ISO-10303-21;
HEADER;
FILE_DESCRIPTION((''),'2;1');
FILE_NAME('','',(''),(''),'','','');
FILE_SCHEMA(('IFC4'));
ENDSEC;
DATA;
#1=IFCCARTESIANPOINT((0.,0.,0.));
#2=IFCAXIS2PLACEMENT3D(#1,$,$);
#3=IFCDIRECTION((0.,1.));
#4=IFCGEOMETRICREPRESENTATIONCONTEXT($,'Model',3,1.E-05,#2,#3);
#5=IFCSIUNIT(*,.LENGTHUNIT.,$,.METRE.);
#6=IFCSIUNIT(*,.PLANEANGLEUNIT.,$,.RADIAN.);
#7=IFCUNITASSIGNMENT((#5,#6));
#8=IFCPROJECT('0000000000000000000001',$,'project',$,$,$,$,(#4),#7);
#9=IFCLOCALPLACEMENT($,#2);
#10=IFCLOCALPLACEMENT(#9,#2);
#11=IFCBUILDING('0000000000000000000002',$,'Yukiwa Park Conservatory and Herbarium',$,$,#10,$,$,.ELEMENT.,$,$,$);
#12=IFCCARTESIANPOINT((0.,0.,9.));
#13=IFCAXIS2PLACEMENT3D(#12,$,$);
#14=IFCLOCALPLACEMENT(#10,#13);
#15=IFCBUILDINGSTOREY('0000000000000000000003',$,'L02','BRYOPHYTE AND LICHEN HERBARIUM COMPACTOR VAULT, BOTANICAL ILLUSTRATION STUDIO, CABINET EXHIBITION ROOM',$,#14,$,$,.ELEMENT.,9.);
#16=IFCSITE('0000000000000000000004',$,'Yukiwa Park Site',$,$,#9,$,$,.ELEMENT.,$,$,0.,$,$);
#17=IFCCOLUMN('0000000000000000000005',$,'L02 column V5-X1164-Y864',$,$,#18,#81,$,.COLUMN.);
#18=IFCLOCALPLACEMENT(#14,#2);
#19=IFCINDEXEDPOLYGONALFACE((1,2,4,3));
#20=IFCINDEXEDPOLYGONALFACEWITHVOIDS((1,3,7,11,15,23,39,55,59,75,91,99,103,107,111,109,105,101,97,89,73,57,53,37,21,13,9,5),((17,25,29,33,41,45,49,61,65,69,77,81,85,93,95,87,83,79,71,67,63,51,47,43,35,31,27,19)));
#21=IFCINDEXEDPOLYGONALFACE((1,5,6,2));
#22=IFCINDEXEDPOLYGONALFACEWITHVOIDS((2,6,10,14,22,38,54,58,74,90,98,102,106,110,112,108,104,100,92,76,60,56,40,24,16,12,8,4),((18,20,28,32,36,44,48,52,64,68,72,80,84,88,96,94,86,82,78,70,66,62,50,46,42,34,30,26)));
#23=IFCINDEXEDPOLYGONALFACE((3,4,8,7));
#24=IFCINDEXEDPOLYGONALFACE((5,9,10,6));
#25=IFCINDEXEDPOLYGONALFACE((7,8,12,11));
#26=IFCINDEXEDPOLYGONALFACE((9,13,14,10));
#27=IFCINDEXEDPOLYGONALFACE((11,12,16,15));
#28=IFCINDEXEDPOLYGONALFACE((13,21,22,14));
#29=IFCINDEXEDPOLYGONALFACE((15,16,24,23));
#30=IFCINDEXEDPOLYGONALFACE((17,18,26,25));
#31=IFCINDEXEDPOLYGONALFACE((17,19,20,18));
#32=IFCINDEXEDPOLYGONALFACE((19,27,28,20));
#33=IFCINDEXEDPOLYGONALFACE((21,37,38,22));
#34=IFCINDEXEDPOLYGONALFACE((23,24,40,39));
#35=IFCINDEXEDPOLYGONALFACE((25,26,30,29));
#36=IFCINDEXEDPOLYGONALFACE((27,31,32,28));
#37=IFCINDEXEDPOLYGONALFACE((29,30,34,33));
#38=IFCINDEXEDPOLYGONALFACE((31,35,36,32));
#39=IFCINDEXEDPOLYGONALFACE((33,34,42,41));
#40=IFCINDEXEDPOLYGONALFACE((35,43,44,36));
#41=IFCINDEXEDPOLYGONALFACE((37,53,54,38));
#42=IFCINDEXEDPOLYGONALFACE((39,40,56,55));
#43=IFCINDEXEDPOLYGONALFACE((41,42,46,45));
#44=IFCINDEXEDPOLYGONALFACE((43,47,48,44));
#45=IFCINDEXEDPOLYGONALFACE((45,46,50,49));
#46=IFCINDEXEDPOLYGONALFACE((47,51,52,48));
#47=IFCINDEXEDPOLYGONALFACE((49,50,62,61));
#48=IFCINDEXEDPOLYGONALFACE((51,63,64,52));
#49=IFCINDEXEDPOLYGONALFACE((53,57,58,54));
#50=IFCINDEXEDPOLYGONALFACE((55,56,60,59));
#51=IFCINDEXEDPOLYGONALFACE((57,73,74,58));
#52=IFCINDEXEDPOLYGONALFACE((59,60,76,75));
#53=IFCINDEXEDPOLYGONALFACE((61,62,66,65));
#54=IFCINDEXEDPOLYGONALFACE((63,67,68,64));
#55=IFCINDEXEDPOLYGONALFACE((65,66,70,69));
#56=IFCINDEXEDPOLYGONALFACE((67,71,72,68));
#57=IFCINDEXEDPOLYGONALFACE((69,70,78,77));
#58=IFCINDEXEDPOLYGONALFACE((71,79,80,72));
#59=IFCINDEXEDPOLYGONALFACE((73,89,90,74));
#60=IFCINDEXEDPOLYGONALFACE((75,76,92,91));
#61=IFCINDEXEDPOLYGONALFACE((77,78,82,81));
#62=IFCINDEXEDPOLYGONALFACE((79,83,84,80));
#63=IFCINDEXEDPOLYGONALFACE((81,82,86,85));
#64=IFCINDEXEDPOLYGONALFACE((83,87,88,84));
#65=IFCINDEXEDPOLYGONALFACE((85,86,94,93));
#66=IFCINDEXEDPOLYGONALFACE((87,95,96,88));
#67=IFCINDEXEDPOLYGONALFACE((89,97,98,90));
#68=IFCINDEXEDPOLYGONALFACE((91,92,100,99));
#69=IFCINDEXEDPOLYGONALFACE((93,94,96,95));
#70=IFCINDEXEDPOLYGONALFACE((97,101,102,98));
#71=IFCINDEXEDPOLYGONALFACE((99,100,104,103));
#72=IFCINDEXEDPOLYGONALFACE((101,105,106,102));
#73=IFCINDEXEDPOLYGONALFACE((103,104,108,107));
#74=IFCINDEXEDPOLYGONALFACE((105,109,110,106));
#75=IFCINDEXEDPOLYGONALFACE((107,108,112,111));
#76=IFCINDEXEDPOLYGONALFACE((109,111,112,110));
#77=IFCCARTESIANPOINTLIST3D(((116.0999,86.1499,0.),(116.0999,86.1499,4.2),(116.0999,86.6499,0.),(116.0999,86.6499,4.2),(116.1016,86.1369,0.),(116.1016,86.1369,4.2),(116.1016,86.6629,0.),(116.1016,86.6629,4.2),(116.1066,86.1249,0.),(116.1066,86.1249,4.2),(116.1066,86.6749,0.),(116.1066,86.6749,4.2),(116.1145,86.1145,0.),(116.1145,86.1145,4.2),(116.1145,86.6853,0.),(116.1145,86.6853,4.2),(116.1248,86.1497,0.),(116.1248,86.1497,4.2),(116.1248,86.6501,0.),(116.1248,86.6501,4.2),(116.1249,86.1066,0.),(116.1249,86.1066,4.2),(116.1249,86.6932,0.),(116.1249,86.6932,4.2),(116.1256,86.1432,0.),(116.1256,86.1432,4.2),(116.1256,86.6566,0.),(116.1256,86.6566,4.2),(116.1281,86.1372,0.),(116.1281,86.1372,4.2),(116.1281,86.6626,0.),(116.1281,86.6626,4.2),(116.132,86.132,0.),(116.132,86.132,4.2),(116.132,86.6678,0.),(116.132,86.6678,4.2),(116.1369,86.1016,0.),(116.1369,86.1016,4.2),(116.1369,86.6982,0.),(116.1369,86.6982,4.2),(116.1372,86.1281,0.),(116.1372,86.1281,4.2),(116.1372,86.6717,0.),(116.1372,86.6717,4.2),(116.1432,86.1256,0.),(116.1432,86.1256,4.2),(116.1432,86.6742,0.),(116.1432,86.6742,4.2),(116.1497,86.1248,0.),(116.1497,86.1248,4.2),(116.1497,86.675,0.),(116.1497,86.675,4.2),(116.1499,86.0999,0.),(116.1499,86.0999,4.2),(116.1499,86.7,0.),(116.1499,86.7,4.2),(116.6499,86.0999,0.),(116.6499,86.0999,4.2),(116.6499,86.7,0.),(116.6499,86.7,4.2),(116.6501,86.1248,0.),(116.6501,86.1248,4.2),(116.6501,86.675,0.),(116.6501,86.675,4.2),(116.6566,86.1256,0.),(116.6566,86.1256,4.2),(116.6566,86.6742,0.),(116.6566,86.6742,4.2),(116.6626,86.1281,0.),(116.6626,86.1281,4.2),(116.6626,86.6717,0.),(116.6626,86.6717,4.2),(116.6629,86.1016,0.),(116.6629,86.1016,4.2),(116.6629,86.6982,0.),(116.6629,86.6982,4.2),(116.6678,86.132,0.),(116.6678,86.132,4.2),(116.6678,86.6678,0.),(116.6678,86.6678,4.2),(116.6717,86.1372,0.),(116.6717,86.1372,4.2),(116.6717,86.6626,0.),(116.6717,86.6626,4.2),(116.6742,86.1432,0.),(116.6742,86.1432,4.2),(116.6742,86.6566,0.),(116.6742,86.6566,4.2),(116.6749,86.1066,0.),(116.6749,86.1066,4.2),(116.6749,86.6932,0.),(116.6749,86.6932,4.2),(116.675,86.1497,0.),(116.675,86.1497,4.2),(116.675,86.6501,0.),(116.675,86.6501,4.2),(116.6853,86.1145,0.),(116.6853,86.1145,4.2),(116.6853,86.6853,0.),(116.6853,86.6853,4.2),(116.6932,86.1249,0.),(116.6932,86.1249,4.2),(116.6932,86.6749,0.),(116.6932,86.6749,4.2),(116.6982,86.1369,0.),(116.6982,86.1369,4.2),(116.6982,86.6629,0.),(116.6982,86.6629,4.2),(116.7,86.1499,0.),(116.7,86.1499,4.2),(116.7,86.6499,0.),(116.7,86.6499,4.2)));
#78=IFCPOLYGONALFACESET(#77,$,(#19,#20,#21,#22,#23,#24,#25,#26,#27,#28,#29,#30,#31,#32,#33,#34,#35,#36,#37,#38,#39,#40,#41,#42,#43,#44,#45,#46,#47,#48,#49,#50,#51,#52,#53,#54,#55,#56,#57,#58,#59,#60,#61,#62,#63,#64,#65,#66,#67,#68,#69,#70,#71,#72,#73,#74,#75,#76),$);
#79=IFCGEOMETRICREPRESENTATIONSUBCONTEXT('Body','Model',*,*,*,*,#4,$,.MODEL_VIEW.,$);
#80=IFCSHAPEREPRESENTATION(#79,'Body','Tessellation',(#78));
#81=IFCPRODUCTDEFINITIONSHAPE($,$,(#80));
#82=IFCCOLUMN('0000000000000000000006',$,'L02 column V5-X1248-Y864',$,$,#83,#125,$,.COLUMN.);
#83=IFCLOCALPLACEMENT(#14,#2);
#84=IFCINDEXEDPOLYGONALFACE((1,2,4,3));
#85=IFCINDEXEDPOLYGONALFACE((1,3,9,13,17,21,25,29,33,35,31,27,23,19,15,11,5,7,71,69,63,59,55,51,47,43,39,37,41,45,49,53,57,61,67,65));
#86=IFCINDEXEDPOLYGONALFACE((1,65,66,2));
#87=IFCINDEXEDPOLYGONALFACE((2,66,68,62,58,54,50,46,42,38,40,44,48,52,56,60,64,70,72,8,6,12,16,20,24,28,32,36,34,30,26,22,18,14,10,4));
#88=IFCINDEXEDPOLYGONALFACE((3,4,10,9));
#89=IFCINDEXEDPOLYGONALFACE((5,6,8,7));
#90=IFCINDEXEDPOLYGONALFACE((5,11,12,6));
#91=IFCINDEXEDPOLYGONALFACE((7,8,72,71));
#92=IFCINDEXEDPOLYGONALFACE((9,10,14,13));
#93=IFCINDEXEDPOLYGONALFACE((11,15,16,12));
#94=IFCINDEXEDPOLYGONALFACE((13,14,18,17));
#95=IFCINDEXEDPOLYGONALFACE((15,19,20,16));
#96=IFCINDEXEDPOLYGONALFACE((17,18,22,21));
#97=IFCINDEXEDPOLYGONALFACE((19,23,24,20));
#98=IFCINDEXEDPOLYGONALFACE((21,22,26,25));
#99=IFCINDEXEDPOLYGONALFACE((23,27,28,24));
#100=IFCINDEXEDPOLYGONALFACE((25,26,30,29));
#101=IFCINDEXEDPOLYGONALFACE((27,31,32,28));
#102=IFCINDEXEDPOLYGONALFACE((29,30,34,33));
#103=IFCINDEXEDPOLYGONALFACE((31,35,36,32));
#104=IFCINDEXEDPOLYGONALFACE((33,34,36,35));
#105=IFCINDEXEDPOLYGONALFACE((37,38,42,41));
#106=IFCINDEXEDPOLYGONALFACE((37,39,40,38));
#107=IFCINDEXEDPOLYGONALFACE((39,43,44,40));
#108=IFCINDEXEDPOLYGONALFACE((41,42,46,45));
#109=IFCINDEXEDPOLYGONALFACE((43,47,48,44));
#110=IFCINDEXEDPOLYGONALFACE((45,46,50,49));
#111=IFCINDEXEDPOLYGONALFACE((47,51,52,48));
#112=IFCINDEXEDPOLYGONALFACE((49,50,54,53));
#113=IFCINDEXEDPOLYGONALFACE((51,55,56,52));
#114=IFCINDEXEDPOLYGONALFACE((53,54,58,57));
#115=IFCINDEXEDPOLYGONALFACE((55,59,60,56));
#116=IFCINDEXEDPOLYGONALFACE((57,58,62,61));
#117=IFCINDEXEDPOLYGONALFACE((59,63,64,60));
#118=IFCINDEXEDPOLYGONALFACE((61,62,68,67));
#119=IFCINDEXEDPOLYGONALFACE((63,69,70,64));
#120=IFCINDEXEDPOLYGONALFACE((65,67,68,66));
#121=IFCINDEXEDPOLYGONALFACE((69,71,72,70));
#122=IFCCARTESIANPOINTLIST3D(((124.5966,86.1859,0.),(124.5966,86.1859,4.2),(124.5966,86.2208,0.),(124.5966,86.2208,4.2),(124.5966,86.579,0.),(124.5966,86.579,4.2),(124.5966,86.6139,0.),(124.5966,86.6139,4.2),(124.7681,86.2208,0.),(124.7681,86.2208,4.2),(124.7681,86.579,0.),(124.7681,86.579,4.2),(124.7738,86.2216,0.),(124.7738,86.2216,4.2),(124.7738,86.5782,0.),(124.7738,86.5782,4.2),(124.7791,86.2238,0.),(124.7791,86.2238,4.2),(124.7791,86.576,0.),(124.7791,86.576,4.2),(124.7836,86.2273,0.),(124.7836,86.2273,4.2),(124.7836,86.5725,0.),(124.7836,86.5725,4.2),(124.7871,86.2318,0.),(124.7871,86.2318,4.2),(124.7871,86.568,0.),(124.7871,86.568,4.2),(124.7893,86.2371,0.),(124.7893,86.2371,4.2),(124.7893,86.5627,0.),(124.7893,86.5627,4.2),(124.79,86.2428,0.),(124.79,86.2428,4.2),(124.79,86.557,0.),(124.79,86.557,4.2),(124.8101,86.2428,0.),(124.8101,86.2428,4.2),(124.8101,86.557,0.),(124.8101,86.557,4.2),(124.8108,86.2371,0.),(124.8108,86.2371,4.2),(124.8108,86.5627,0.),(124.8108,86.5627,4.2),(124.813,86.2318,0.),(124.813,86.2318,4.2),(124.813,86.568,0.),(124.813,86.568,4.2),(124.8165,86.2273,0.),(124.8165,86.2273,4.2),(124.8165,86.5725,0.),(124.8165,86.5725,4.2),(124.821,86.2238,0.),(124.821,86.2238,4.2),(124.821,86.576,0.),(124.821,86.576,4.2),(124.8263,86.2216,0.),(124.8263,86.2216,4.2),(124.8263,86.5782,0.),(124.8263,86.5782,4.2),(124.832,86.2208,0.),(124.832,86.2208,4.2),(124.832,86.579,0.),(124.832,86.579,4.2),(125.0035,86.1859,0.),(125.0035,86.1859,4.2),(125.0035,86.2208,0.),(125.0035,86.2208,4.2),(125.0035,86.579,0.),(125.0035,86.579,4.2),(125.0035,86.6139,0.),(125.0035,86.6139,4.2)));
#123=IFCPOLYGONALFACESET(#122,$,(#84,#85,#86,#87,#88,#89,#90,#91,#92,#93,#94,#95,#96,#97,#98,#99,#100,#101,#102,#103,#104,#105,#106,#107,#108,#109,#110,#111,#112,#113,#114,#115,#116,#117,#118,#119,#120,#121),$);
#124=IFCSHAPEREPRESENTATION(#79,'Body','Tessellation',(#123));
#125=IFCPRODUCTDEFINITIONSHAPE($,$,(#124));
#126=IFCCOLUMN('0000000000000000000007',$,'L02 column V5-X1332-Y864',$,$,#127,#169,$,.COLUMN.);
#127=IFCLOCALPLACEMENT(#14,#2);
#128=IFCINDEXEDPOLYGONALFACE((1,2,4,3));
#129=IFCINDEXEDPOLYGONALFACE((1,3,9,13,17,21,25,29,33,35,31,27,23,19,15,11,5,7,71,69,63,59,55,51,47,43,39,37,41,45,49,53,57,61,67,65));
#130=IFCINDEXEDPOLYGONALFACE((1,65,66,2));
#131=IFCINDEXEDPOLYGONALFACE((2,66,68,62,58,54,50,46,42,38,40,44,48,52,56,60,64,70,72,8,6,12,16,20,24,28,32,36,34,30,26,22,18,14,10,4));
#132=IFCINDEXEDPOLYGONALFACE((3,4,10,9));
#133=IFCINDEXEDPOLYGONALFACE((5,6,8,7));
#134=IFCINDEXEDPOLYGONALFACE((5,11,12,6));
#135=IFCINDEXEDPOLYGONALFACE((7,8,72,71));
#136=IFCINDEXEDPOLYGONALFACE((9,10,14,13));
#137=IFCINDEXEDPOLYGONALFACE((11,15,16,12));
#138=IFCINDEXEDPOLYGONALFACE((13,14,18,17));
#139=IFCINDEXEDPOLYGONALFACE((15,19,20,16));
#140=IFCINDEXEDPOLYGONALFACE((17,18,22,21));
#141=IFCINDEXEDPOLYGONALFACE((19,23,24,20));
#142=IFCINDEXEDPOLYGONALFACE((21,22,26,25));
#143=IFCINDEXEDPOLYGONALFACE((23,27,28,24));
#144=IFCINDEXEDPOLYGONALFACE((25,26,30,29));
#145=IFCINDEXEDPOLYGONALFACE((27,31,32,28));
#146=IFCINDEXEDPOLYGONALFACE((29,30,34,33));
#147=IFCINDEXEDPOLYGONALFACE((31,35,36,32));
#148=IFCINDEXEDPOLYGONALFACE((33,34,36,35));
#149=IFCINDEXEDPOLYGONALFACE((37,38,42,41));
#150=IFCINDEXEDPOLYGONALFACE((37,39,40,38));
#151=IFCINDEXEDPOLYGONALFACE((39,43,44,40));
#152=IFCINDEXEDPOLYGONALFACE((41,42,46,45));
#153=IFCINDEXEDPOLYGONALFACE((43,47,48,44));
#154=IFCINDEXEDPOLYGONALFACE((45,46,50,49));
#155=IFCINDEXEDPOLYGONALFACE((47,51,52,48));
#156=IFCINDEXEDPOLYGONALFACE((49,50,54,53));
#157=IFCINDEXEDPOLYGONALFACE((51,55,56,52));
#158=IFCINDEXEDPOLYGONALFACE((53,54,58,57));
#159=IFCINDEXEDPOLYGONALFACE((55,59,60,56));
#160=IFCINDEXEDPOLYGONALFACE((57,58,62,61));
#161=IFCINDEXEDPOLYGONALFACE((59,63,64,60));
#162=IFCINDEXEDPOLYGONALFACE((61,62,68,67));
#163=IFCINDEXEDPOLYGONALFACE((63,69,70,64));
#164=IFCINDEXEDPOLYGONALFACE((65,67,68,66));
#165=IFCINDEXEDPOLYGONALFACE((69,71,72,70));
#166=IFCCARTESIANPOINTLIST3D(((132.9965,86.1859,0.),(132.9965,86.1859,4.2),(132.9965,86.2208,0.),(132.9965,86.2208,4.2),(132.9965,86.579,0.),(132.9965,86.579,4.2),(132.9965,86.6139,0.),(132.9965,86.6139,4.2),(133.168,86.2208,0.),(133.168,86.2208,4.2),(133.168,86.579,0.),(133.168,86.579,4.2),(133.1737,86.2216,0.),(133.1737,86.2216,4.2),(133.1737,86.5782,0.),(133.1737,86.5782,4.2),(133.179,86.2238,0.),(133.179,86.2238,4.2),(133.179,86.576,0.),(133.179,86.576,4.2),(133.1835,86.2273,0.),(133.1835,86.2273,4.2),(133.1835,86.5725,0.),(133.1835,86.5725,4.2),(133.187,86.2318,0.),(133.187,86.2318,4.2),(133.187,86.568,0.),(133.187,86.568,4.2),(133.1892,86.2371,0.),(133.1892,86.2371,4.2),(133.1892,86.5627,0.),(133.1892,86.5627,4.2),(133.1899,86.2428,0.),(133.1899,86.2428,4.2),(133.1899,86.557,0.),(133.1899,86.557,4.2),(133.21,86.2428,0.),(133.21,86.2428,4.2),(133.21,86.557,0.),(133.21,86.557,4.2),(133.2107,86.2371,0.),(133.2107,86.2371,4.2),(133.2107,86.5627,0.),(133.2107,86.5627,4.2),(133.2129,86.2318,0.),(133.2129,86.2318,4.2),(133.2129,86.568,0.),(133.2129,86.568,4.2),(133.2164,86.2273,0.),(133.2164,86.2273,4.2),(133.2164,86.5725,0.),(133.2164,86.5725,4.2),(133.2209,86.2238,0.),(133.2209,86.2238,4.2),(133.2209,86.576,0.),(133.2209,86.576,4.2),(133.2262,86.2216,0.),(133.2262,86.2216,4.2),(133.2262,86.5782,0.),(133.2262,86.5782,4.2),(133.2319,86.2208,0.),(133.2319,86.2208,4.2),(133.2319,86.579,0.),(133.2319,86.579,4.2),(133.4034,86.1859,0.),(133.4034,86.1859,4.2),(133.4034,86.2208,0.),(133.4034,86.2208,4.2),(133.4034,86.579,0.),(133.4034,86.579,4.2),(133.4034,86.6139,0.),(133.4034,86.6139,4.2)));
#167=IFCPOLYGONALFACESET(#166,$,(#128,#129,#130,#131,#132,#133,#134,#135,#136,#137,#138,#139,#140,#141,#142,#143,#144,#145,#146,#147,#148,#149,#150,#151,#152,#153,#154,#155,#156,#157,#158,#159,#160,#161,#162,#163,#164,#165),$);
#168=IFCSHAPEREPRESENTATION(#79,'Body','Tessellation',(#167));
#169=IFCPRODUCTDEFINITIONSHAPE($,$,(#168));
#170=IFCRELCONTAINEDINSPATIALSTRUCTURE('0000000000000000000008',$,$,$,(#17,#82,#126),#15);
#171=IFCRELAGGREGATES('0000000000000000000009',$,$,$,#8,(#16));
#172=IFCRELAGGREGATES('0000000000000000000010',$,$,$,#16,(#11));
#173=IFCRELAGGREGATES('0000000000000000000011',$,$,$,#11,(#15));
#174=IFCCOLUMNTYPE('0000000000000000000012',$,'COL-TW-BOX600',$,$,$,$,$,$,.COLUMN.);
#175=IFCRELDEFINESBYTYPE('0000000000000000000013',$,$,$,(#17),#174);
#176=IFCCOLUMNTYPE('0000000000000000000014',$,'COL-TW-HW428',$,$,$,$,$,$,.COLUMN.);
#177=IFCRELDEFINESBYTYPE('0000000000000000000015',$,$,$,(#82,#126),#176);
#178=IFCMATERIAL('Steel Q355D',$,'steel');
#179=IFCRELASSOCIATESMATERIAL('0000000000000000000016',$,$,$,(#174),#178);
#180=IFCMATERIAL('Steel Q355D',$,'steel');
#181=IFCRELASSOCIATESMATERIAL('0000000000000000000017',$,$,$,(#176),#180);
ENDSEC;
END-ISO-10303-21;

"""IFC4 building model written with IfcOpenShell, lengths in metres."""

from ifc_helpers import new_model, si_unit, direction, frame, origin, origin_2d, place, context, subcontext, project, spatial, hollow_rectangle, i_section, extrude, material, material_profile, profile_set, type_object, element, save


model = new_model("IFC4")

# Units and contexts
model_context = context("Model", 3, precision=1e-05, world=origin(), true_north=direction((0.0, 1.0)))
body_context = subcontext(model_context, "Body", "Model", "MODEL_VIEW")
ifc_project = project(units=[si_unit("LENGTHUNIT", "METRE"), si_unit("PLANEANGLEUNIT", "RADIAN")], contexts=[model_context])

# Site, building, storey
site_placement = place(None, origin())
site = spatial("IfcSite", under=ifc_project, at=site_placement, Name="Yukiwa Park Site", CompositionType="ELEMENT", RefElevation=0.0)
building_placement = place(site_placement, origin())
building = spatial("IfcBuilding", under=site, at=building_placement, Name="Yukiwa Park Conservatory and Herbarium", CompositionType="ELEMENT")
storey_placement = place(building_placement, frame((0.0, 0.0, 9.0)))
storey = spatial("IfcBuildingStorey", under=building, at=storey_placement, Name="L02", Description="BRYOPHYTE AND LICHEN HERBARIUM COMPACTOR VAULT, BOTANICAL ILLUSTRATION STUDIO, CABINET EXHIBITION ROOM", CompositionType="ELEMENT", Elevation=9.0)

# Columns
ifc_material_1 = material(Name="Steel Q355D", Category="steel")
ifc_material_profile_1 = material_profile(ifc_material_1, hollow_rectangle(XDim=0.6001, YDim=0.6001, WallThickness=0.0249, InnerFilletRadius=0.0249, OuterFilletRadius=0.05, at=origin_2d()), Name="BOX 600x600x25")
ifc_profile_set_1 = profile_set([ifc_material_profile_1], Name="Steel Q355D")
column_type_1 = type_object("IfcColumnType", Name="COL-TW-BOX600", PredefinedType="COLUMN", material=ifc_profile_set_1)
column_1_placement = place(storey_placement, frame((116.3999, 86.3999, 0.0), z_axis=(0.0, 0.0, 1.0), x_axis=(1.0, 0.0, 0.0)))
element("IfcColumn", 1, at=column_1_placement, inside=storey, type_object=column_type_1, Name="L02 column V5-X1164-Y864", PredefinedType="COLUMN", context=body_context, shape_type="SweptSolid", body=[
    extrude(hollow_rectangle(XDim=0.6001, YDim=0.6001, WallThickness=0.0249, InnerFilletRadius=0.0249, OuterFilletRadius=0.05, at=origin_2d()), origin(), (0.0, 0.0, 1.0), 4.2),
])
ifc_material_2 = material(Name="Steel Q355D", Category="steel")
ifc_material_profile_2 = material_profile(ifc_material_2, i_section(OverallWidth=0.407, OverallDepth=0.428, WebThickness=0.02, FlangeThickness=0.0349, FilletRadius=0.022, at=origin_2d()), Name="HW 428x407x20x35")
ifc_profile_set_2 = profile_set([ifc_material_profile_2], Name="Steel Q355D")
column_type_2 = type_object("IfcColumnType", Name="COL-TW-HW428", PredefinedType="COLUMN", material=ifc_profile_set_2)
for number, where, z_axis, x_axis, name in (
    (2, (124.8, 86.3999, 0.0), (0.0, 0.0, 1.0), (1.0, 0.0, 0.0), "L02 column V5-X1248-Y864"),
    (3, (133.2, 86.3999, 0.0), (0.0, 0.0, 1.0), (1.0, 0.0, 0.0), "L02 column V5-X1332-Y864"),
):
    element("IfcColumn", number, at=place(storey_placement, frame(where, z_axis=z_axis, x_axis=x_axis)), inside=storey, type_object=column_type_2, Name=name, PredefinedType="COLUMN", context=body_context, shape_type="SweptSolid", body=[
        extrude(i_section(OverallWidth=0.407, OverallDepth=0.428, WebThickness=0.02, FlangeThickness=0.0349, FilletRadius=0.022, at=origin_2d()), origin(), (0.0, 0.0, 1.0), 4.2),
    ])

save(model, "model.ifc")
